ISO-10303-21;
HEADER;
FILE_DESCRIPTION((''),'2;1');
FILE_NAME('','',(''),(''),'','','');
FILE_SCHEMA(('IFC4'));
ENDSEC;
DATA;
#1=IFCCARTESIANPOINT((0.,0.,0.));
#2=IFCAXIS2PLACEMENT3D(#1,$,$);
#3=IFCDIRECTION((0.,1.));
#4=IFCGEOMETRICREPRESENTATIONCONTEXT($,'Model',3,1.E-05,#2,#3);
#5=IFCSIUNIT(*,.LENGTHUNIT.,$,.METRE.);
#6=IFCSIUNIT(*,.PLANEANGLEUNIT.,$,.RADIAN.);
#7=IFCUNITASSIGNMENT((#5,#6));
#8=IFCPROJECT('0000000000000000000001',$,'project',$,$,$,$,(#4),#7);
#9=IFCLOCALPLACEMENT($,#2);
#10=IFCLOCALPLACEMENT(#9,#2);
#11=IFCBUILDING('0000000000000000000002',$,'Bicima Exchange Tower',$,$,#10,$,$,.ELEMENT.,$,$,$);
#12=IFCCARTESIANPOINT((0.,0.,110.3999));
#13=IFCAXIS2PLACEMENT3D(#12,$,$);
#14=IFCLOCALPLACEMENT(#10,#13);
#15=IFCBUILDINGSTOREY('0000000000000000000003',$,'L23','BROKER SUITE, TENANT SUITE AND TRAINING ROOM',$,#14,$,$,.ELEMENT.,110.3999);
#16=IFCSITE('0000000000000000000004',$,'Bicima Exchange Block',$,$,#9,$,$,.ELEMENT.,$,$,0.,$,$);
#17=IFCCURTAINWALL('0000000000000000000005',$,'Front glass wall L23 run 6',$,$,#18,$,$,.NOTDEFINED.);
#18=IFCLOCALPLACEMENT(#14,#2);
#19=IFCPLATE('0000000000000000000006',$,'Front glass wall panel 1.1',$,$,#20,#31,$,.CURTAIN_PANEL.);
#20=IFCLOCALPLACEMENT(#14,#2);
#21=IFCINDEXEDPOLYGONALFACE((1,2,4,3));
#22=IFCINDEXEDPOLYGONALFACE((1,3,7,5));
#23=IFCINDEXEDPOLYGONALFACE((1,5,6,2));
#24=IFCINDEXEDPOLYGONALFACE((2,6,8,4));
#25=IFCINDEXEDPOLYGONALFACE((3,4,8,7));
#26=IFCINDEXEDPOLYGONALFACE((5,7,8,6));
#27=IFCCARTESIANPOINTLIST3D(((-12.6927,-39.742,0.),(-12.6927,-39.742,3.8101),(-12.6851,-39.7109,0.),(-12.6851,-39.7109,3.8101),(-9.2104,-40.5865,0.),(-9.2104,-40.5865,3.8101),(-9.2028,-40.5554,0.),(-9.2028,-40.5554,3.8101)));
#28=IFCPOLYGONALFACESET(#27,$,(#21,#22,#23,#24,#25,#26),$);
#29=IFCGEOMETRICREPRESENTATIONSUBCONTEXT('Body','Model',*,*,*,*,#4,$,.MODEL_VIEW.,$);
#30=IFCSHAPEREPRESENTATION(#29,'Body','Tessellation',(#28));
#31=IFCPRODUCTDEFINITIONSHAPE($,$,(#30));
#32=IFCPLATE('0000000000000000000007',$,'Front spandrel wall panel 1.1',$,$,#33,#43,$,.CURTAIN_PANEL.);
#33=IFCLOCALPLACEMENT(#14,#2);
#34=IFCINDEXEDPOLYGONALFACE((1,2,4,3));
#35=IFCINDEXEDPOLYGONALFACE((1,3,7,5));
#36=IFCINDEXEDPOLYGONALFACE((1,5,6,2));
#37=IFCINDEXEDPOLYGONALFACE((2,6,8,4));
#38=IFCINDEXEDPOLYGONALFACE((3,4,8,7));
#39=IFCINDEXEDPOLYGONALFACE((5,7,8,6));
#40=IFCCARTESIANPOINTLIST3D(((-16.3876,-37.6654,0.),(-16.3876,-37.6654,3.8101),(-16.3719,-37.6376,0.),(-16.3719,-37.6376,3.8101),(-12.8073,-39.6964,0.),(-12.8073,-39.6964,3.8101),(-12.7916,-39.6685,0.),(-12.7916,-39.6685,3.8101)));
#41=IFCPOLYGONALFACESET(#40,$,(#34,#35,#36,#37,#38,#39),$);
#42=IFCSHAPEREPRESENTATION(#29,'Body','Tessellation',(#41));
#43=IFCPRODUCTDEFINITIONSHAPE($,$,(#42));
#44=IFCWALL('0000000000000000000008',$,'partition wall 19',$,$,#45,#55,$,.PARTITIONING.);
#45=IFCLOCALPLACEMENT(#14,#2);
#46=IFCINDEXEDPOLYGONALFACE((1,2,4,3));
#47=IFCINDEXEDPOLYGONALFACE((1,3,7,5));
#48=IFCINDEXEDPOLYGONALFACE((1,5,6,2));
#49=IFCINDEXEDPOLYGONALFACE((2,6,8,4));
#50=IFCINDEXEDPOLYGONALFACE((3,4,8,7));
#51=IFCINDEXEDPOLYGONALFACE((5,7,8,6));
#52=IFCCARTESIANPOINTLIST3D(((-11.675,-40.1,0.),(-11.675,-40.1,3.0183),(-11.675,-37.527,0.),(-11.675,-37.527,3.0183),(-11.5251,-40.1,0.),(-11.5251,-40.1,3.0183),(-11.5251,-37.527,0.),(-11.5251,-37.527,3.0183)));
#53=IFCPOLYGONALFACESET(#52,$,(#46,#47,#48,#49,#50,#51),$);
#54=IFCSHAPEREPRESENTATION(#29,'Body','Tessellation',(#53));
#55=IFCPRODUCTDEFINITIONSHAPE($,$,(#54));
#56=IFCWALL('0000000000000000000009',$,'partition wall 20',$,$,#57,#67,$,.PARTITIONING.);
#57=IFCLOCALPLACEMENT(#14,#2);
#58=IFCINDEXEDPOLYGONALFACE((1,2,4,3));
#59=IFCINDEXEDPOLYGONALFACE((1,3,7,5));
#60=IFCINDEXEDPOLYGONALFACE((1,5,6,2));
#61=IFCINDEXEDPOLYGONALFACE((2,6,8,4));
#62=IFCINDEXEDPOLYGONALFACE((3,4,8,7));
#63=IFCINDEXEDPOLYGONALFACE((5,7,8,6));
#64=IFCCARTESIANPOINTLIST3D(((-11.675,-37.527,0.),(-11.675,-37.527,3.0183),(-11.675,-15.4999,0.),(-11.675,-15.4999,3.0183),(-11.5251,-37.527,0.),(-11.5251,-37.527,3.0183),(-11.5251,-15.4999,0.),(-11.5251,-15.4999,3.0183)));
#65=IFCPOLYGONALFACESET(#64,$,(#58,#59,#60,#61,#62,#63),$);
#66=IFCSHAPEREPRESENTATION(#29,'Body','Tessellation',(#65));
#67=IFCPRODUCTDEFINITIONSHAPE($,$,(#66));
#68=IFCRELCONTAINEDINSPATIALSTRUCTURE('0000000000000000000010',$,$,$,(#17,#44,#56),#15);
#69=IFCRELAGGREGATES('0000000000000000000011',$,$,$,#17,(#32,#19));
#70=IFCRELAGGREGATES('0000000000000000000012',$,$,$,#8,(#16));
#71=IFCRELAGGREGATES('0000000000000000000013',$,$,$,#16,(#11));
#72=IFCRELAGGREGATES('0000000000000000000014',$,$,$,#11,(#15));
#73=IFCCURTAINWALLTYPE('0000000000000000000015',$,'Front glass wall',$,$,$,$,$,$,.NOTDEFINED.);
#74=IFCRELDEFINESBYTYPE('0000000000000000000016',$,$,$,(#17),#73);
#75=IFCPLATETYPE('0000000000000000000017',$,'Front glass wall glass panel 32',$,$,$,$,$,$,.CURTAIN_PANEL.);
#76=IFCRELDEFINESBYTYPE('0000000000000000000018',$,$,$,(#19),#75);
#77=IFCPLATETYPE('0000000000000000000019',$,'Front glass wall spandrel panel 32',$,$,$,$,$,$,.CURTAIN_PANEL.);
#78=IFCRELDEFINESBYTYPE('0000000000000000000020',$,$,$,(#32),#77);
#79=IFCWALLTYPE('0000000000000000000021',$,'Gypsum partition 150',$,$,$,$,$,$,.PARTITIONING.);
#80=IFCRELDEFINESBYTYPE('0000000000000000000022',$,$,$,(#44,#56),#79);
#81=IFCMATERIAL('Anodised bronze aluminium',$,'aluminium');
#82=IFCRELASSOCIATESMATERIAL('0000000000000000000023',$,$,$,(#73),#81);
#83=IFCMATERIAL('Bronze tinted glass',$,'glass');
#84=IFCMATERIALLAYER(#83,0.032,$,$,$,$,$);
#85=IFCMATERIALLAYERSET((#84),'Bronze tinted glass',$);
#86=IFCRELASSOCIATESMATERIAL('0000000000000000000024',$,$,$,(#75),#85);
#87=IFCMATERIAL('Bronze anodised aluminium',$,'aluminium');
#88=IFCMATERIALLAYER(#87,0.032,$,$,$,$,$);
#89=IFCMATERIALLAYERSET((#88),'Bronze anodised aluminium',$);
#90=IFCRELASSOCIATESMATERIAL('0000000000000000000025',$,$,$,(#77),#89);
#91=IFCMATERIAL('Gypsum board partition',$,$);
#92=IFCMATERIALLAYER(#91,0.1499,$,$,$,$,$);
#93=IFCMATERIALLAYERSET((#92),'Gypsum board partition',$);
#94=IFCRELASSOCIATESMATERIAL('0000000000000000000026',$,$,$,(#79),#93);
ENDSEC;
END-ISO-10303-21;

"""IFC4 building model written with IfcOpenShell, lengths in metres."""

from ifc_helpers import new_model, si_unit, direction, frame, frame_2d, origin, origin_2d, place, context, subcontext, project, spatial, rectangle, extrude, material, layer, layer_set, type_object, element, aggregate, save


model = new_model("IFC4")

# Units and contexts
model_context = context("Model", 3, precision=1e-05, world=origin(), true_north=direction((0.0, 1.0)))
body_context = subcontext(model_context, "Body", "Model", "MODEL_VIEW")
ifc_project = project(units=[si_unit("LENGTHUNIT", "METRE"), si_unit("PLANEANGLEUNIT", "RADIAN")], contexts=[model_context])

# Site, building, storey
site_placement = place(None, origin())
site = spatial("IfcSite", under=ifc_project, at=site_placement, Name="Bicima Exchange Block", CompositionType="ELEMENT", RefElevation=0.0)
building_placement = place(site_placement, origin())
building = spatial("IfcBuilding", under=site, at=building_placement, Name="Bicima Exchange Tower", CompositionType="ELEMENT")
storey_placement = place(building_placement, frame((0.0, 0.0, 110.3999)))
storey = spatial("IfcBuildingStorey", under=building, at=storey_placement, Name="L23", Description="BROKER SUITE, TENANT SUITE AND TRAINING ROOM", CompositionType="ELEMENT", Elevation=110.3999)

# Shared definitions
ifc_material_1 = material(Name="Anodised bronze aluminium", Category="aluminium")
curtain_wall_type = type_object("IfcCurtainWallType", Name="Front glass wall", PredefinedType="NOTDEFINED", material=ifc_material_1)

# Curtain wall
curtain_wall_1_placement = place(storey_placement, origin())
curtain_wall_1 = element("IfcCurtainWall", 1, at=curtain_wall_1_placement, inside=storey, type_object=curtain_wall_type, Name="Front glass wall L23 run 6", PredefinedType="NOTDEFINED")

# Plates
ifc_material_2 = material(Name="Bronze tinted glass", Category="glass")
ifc_layer_1 = layer(ifc_material_2, 0.032)
ifc_layer_set_1 = layer_set([ifc_layer_1], Name="Bronze tinted glass")
plate_type_1 = type_object("IfcPlateType", Name="Front glass wall glass panel 32", PredefinedType="CURTAIN_PANEL", material=ifc_layer_set_1)
plate_1_placement = place(storey_placement, frame((-10.9478, -40.1487, 0.0), z_axis=(0.0, 0.0, 1.0), x_axis=(0.97183, -0.235682, 0.0)))
plate_1 = element("IfcPlate", 2, at=plate_1_placement, type_object=plate_type_1, Name="Front glass wall panel 1.1", PredefinedType="CURTAIN_PANEL", context=body_context, shape_type="SweptSolid", body=[
    extrude(rectangle(XDim=3.5833, YDim=0.032, at=origin_2d()), origin(), (0.0, 0.0, 1.0), 3.8101),
])
ifc_material_3 = material(Name="Bronze anodised aluminium", Category="aluminium")
ifc_layer_2 = layer(ifc_material_3, 0.032)
ifc_layer_set_2 = layer_set([ifc_layer_2], Name="Bronze anodised aluminium")
plate_type_2 = type_object("IfcPlateType", Name="Front glass wall spandrel panel 32", PredefinedType="CURTAIN_PANEL", material=ifc_layer_set_2)
plate_2_placement = place(storey_placement, frame((-14.5896, -38.667, 0.0), z_axis=(0.0, 0.0, 1.0), x_axis=(0.869805, -0.493395, 0.0)))
plate_2 = element("IfcPlate", 3, at=plate_2_placement, type_object=plate_type_2, Name="Front spandrel wall panel 1.1", PredefinedType="CURTAIN_PANEL", context=body_context, shape_type="SweptSolid", body=[
    extrude(rectangle(XDim=4.1162, YDim=0.032, at=origin_2d()), origin(), (0.0, 0.0, 1.0), 3.8101),
])
aggregate(curtain_wall_1, [plate_2, plate_1])

# Walls
ifc_material_4 = material(Name="Gypsum board partition")
ifc_layer_3 = layer(ifc_material_4, 0.1499)
ifc_layer_set_3 = layer_set([ifc_layer_3], Name="Gypsum board partition")
wall_type = type_object("IfcWallType", Name="Gypsum partition 150", PredefinedType="PARTITIONING", material=ifc_layer_set_3)
wall_1_placement = place(storey_placement, frame((-11.6001, -40.1001, 0.0), z_axis=(0.0, 0.0, 1.0), x_axis=(0.0, 1.0, 0.0)))
element("IfcWall", 4, at=wall_1_placement, inside=storey, type_object=wall_type, Name="partition wall 19", PredefinedType="PARTITIONING", context=body_context, shape_type="SweptSolid", body=[
    extrude(rectangle(XDim=2.573, YDim=0.1499, at=frame_2d((1.2866, 0.0))), origin(), (0.0, 0.0, 1.0), 3.0183),
])
wall_2_placement = place(storey_placement, frame((-11.6001, -37.5271, 0.0), z_axis=(0.0, 0.0, 1.0), x_axis=(0.0, 1.0, 0.0)))
element("IfcWall", 5, at=wall_2_placement, inside=storey, type_object=wall_type, Name="partition wall 20", PredefinedType="PARTITIONING", context=body_context, shape_type="SweptSolid", body=[
    extrude(rectangle(XDim=22.0271, YDim=0.1499, at=frame_2d((11.0137, 0.0))), origin(), (0.0, 0.0, 1.0), 3.0183),
])

save(model, "model.ifc")
